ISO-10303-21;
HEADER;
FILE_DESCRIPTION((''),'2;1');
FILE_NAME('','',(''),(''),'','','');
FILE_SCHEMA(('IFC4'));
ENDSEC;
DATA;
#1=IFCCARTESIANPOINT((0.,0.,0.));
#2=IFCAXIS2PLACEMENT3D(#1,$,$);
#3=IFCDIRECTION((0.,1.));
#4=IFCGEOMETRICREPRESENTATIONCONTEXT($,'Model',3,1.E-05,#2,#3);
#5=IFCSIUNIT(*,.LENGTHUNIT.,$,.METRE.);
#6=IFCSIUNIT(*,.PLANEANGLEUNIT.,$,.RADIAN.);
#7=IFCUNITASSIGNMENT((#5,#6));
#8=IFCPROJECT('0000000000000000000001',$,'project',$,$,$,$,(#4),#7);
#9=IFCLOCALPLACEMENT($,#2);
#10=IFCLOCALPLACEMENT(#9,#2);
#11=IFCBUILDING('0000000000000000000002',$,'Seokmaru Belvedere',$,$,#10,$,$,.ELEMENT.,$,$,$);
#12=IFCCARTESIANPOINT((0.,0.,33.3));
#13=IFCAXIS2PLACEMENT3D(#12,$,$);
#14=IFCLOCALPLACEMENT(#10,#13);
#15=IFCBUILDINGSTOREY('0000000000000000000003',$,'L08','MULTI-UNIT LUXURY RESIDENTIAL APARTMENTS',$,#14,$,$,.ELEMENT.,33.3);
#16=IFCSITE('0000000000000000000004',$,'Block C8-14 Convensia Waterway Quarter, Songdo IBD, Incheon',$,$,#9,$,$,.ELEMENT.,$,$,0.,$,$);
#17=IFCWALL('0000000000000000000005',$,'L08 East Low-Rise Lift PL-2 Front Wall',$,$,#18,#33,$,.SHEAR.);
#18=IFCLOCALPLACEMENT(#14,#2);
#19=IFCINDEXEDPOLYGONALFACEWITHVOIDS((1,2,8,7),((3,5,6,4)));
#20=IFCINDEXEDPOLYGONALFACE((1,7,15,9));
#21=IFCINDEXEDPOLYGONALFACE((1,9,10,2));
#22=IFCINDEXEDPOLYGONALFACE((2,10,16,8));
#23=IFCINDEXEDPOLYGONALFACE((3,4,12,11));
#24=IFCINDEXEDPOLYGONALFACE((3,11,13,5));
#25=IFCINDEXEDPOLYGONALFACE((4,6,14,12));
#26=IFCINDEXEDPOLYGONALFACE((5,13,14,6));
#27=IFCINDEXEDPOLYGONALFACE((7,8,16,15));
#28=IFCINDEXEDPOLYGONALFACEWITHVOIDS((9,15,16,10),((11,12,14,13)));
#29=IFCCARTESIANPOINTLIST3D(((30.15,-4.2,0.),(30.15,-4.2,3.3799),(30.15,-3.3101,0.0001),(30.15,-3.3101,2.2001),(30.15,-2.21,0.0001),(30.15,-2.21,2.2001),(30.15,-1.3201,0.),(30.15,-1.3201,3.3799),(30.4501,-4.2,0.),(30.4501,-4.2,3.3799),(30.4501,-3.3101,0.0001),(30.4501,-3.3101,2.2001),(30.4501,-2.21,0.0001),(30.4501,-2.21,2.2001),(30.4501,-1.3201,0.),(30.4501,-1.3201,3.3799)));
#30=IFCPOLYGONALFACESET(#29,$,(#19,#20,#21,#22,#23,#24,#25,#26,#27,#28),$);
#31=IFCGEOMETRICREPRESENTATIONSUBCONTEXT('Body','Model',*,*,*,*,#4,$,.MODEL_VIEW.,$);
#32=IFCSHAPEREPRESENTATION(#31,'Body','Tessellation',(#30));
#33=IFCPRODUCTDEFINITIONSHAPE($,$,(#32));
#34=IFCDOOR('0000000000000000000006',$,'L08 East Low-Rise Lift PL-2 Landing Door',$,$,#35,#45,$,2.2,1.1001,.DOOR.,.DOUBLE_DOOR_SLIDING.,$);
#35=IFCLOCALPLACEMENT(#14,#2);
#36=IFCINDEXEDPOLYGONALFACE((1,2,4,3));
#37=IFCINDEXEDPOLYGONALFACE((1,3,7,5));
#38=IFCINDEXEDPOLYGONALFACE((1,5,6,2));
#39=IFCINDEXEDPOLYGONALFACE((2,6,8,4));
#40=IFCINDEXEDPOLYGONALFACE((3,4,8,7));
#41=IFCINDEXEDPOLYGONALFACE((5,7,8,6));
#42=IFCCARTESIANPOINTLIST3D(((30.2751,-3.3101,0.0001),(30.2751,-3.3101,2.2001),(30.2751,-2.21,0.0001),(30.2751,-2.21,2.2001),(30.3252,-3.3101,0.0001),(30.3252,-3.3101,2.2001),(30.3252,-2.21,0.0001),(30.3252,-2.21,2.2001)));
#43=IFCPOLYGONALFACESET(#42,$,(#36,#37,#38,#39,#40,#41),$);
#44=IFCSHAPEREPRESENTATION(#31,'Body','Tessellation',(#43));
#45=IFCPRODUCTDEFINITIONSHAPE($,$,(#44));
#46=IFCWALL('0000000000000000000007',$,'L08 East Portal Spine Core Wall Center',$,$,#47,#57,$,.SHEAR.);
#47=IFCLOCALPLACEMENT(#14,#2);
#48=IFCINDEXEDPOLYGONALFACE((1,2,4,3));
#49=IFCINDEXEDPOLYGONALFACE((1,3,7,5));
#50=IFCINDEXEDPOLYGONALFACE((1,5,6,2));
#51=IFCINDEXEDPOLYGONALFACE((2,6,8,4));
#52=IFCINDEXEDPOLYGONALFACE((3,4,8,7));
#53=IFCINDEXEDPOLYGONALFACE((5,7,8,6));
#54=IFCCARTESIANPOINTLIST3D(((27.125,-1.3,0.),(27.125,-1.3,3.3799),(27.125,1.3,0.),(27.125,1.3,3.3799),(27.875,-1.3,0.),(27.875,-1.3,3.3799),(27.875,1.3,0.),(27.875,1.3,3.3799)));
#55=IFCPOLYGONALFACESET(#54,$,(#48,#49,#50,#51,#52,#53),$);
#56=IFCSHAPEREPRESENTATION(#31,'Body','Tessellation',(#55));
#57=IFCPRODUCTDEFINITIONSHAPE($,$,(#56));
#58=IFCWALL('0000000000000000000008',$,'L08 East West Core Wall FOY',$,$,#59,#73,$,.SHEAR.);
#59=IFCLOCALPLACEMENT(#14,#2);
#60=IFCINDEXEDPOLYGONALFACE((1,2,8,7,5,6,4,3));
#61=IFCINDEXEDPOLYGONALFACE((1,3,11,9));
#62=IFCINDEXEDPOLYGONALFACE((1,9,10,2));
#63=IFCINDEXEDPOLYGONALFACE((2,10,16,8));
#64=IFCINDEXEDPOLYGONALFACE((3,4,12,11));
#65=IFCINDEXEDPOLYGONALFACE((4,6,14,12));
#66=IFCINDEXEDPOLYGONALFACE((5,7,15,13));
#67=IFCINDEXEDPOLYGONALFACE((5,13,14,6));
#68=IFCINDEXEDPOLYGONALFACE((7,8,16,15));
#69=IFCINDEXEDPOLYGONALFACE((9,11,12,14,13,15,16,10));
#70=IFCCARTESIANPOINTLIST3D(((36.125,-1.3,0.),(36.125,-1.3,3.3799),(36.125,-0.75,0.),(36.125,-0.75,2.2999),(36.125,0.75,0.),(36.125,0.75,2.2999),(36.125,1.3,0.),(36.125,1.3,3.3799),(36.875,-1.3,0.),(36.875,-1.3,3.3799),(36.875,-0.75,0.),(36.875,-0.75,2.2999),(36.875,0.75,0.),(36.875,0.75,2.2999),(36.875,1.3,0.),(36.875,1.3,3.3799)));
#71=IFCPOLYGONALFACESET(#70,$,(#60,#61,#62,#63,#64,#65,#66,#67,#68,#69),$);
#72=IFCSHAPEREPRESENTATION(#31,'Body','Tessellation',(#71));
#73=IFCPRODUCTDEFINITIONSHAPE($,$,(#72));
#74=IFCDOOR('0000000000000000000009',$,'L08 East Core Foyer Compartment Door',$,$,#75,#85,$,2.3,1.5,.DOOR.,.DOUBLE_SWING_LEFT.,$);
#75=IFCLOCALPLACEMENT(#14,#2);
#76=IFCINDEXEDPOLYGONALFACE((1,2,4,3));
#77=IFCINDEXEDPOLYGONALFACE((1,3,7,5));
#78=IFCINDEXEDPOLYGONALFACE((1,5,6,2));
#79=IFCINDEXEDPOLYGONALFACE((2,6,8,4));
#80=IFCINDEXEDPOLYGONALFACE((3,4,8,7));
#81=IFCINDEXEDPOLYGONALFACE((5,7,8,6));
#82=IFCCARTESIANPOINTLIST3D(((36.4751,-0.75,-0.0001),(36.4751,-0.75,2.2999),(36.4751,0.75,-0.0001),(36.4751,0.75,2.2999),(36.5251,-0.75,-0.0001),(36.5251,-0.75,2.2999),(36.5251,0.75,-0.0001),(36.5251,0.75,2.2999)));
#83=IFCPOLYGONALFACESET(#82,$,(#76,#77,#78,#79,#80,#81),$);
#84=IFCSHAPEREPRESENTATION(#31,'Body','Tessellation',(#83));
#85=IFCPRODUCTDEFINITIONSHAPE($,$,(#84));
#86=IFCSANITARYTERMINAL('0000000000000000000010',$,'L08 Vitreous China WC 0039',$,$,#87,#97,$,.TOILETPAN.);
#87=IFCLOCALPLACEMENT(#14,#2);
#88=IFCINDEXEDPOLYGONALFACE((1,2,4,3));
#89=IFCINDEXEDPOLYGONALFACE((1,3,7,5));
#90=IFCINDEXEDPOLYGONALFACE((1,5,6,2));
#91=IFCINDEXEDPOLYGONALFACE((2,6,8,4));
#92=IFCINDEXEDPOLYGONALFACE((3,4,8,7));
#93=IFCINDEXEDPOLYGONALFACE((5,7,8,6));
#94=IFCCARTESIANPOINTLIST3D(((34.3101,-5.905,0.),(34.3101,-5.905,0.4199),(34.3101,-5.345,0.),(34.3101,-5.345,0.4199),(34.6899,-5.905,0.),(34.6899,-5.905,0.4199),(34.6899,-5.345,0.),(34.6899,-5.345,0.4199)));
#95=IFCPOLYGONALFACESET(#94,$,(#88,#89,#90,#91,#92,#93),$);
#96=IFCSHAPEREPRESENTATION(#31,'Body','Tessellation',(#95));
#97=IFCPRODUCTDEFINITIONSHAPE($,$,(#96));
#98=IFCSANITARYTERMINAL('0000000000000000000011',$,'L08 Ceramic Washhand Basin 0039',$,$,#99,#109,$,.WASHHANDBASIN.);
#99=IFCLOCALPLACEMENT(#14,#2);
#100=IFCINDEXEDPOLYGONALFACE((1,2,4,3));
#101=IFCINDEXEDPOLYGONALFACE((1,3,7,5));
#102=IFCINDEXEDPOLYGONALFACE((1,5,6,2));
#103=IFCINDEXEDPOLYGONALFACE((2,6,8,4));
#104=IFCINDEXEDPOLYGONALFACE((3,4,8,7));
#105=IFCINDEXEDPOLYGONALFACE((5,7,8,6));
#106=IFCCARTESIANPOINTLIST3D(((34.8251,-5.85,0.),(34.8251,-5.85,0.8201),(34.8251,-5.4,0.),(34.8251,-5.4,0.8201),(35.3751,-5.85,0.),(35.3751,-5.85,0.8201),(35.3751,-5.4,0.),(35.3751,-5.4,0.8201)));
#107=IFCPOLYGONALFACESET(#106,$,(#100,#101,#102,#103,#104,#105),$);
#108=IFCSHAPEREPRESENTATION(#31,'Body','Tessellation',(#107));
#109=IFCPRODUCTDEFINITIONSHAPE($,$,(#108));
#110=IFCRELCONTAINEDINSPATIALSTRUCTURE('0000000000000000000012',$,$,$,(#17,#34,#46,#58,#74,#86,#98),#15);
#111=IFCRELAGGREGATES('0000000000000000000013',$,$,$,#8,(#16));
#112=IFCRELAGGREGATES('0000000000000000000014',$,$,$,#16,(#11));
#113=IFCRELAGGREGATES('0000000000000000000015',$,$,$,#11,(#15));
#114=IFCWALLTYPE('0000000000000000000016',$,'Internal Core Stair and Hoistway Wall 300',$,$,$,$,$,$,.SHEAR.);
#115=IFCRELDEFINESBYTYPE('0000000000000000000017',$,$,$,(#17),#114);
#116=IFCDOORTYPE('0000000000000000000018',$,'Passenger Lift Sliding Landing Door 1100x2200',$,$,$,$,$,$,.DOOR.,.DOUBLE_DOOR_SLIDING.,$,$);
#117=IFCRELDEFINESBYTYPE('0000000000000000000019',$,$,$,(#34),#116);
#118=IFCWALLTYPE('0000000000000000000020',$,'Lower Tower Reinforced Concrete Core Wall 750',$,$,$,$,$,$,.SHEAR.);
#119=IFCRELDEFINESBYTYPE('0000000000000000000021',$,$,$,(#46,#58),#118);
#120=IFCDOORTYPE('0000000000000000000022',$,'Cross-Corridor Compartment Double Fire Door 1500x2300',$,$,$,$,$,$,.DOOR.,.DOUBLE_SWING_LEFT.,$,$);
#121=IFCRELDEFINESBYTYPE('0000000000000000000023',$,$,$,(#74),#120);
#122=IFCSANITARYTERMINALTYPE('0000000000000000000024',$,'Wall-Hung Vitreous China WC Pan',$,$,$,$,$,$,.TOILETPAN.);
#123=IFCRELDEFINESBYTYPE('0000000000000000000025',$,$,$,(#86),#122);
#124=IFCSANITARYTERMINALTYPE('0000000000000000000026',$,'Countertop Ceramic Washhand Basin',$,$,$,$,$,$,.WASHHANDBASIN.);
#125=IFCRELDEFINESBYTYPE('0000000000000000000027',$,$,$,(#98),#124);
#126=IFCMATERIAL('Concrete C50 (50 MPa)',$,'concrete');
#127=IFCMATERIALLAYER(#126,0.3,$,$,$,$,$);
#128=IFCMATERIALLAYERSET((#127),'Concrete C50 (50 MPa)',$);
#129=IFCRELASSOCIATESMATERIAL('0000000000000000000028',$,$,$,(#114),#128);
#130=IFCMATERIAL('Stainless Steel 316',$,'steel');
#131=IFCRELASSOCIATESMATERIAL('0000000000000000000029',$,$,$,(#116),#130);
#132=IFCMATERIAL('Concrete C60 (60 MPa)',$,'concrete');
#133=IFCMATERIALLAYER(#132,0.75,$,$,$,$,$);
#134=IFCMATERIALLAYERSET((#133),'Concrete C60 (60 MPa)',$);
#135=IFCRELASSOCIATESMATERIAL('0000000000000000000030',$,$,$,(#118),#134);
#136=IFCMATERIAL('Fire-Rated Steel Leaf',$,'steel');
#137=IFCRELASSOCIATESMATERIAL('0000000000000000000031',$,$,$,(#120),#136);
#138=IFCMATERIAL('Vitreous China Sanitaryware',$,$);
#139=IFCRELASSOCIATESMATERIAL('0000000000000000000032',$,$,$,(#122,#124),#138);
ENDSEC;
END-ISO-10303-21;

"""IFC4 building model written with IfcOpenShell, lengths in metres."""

from ifc_helpers import new_model, si_unit, direction, frame, frame_2d, origin, origin_2d, place, context, subcontext, project, spatial, rectangle, extrude, source, transform, mapped, material, layer, layer_set, type_object, type_shapes, element, fill, save


model = new_model("IFC4")

# Units and contexts
model_context = context("Model", 3, precision=1e-05, world=origin(), true_north=direction((0.0, 1.0)))
body_context = subcontext(model_context, "Body", "Model", "MODEL_VIEW")
ifc_project = project(units=[si_unit("LENGTHUNIT", "METRE"), si_unit("PLANEANGLEUNIT", "RADIAN")], contexts=[model_context])

# Site, building, storey
site_placement = place(None, origin())
site = spatial("IfcSite", under=ifc_project, at=site_placement, Name="Block C8-14 Convensia Waterway Quarter, Songdo IBD, Incheon", CompositionType="ELEMENT", RefElevation=0.0)
building_placement = place(site_placement, origin())
building = spatial("IfcBuilding", under=site, at=building_placement, Name="Seokmaru Belvedere", CompositionType="ELEMENT")
storey_placement = place(building_placement, frame((0.0, 0.0, 33.3)))
storey = spatial("IfcBuildingStorey", under=building, at=storey_placement, Name="L08", Description="MULTI-UNIT LUXURY RESIDENTIAL APARTMENTS", CompositionType="ELEMENT", Elevation=33.3)

# Shared definitions
ifc_material_1 = material(Name="Fire-Rated Steel Leaf", Category="steel")

# Shared definitions
ifc_material_2 = material(Name="Concrete C50 (50 MPa)", Category="concrete")

# Wall, opening, door
ifc_layer_1 = layer(ifc_material_2, 0.3)
ifc_layer_set_1 = layer_set([ifc_layer_1], Name="Concrete C50 (50 MPa)")
wall_type_1 = type_object("IfcWallType", Name="Internal Core Stair and Hoistway Wall 300", PredefinedType="SHEAR", material=ifc_layer_set_1)
wall_1_placement = place(storey_placement, frame((30.3, -4.2, 0.0), z_axis=(0.0, 0.0, 1.0), x_axis=(0.0, 1.0, 0.0)))
wall_1 = element("IfcWall", 1, at=wall_1_placement, inside=storey, type_object=wall_type_1, Name="L08 East Low-Rise Lift PL-2 Front Wall", PredefinedType="SHEAR", context=body_context, shape_type="SweptSolid", body=[
    extrude(rectangle(XDim=2.8799, YDim=0.3, at=frame_2d((1.4399, 0.0))), origin(), (0.0, 0.0, 1.0), 3.3799),
])
opening_1_placement = place(wall_1_placement, frame((0.8899, 0.0, 0.0)))
opening_1 = element("IfcOpeningElement", 2, at=opening_1_placement, cuts=wall_1, PredefinedType="OPENING", context=body_context, shape_type="SweptSolid", body=[
    extrude(rectangle(XDim=1.1001, YDim=2.2, at=frame_2d((0.55, 1.1001))), frame((0.0, 0.1602, 0.0), z_axis=(0.0, -1.0, 0.0), x_axis=(1.0, 0.0, 0.0)), (0.0, 0.0, 1.0), 0.3201),
])
ifc_material_3 = material(Name="Stainless Steel 316", Category="steel")
door_type_1 = type_object("IfcDoorType", Name="Passenger Lift Sliding Landing Door 1100x2200", OperationType="DOUBLE_DOOR_SLIDING", PredefinedType="DOOR", material=ifc_material_3)
shared_shape_1 = source(origin(), body_context, "Body", "SweptSolid", [
    extrude(rectangle(XDim=1.1001, YDim=2.2, at=frame_2d((0.55, 1.1001))), frame((0.0, 0.0249, 0.0), z_axis=(0.0, -1.0, 0.0), x_axis=(1.0, 0.0, 0.0)), (0.0, 0.0, 1.0), 0.05),
])
type_shapes(door_type_1, [shared_shape_1])
door_1_placement = place(opening_1_placement, origin())
door_1 = element("IfcDoor", 3, at=door_1_placement, inside=storey, type_object=door_type_1, Name="L08 East Low-Rise Lift PL-2 Landing Door", OperationType="DOUBLE_DOOR_SLIDING", OverallHeight=2.2, OverallWidth=1.1001, PredefinedType="DOOR", context=body_context, shape_type="MappedRepresentation", body=[
    mapped(shared_shape_1, transform((0.0, 0.0, 0.0), scale=1.0)),
])
fill(opening_1, door_1)

# Wall
ifc_material_4 = material(Name="Concrete C60 (60 MPa)", Category="concrete")
ifc_layer_2 = layer(ifc_material_4, 0.75)
ifc_layer_set_2 = layer_set([ifc_layer_2], Name="Concrete C60 (60 MPa)")
wall_type_2 = type_object("IfcWallType", Name="Lower Tower Reinforced Concrete Core Wall 750", PredefinedType="SHEAR", material=ifc_layer_set_2)
wall_2_placement = place(storey_placement, frame((27.5, -1.3, 0.0), z_axis=(0.0, 0.0, 1.0), x_axis=(0.0, 1.0, 0.0)))
element("IfcWall", 4, at=wall_2_placement, inside=storey, type_object=wall_type_2, Name="L08 East Portal Spine Core Wall Center", PredefinedType="SHEAR", context=body_context, shape_type="SweptSolid", body=[
    extrude(rectangle(XDim=2.6001, YDim=0.75, at=frame_2d((1.3, 0.0))), origin(), (0.0, 0.0, 1.0), 3.3799),
])

# Wall, opening, door
wall_3_placement = place(storey_placement, frame((36.5, -1.3, 0.0), z_axis=(0.0, 0.0, 1.0), x_axis=(0.0, 1.0, 0.0)))
wall_3 = element("IfcWall", 5, at=wall_3_placement, inside=storey, type_object=wall_type_2, Name="L08 East West Core Wall FOY", PredefinedType="SHEAR", context=body_context, shape_type="SweptSolid", body=[
    extrude(rectangle(XDim=2.6001, YDim=0.75, at=frame_2d((1.3, 0.0))), origin(), (0.0, 0.0, 1.0), 3.3799),
])
opening_2_placement = place(wall_3_placement, frame((0.55, 0.0, 0.0)))
opening_2 = element("IfcOpeningElement", 6, at=opening_2_placement, cuts=wall_3, PredefinedType="OPENING", context=body_context, shape_type="SweptSolid", body=[
    extrude(rectangle(XDim=1.5, YDim=2.3, at=frame_2d((0.75, 1.1499))), frame((0.0, 0.385, 0.0), z_axis=(0.0, -1.0, 0.0), x_axis=(1.0, 0.0, 0.0)), (0.0, 0.0, 1.0), 0.77),
])
door_type_2 = type_object("IfcDoorType", Name="Cross-Corridor Compartment Double Fire Door 1500x2300", OperationType="DOUBLE_SWING_LEFT", PredefinedType="DOOR", material=ifc_material_1)
shared_shape_2 = source(origin(), body_context, "Body", "SweptSolid", [
    extrude(rectangle(XDim=1.5, YDim=2.3, at=frame_2d((0.75, 1.1499))), frame((0.0, 0.0249, 0.0), z_axis=(0.0, -1.0, 0.0), x_axis=(1.0, 0.0, 0.0)), (0.0, 0.0, 1.0), 0.05),
])
type_shapes(door_type_2, [shared_shape_2])
door_2_placement = place(opening_2_placement, origin())
door_2 = element("IfcDoor", 7, at=door_2_placement, inside=storey, type_object=door_type_2, Name="L08 East Core Foyer Compartment Door", OperationType="DOUBLE_SWING_LEFT", OverallHeight=2.3, OverallWidth=1.5, PredefinedType="DOOR", context=body_context, shape_type="MappedRepresentation", body=[
    mapped(shared_shape_2, transform((0.0, 0.0, 0.0), scale=1.0)),
])
fill(opening_2, door_2)

# Sanitary terminals
ifc_material_5 = material(Name="Vitreous China Sanitaryware")
sanitary_terminal_type_1 = type_object("IfcSanitaryTerminalType", Name="Wall-Hung Vitreous China WC Pan", PredefinedType="TOILETPAN", material=ifc_material_5)
shared_shape_3 = source(origin(), body_context, "Body", "SweptSolid", [
    extrude(rectangle(XDim=0.3799, YDim=0.5601, at=origin_2d()), origin(), (0.0, 0.0, 1.0), 0.4199),
])
type_shapes(sanitary_terminal_type_1, [shared_shape_3])
sanitary_terminal_1_placement = place(storey_placement, frame((34.5, -5.625, 0.0), z_axis=(0.0, 0.0, 1.0), x_axis=(1.0, 0.0, 0.0)))
element("IfcSanitaryTerminal", 8, at=sanitary_terminal_1_placement, inside=storey, type_object=sanitary_terminal_type_1, Name="L08 Vitreous China WC 0039", PredefinedType="TOILETPAN", context=body_context, shape_type="MappedRepresentation", body=[
    mapped(shared_shape_3, transform((0.0, 0.0, 0.0), scale=1.0)),
])
sanitary_terminal_type_2 = type_object("IfcSanitaryTerminalType", Name="Countertop Ceramic Washhand Basin", PredefinedType="WASHHANDBASIN", material=ifc_material_5)
shared_shape_4 = source(origin(), body_context, "Body", "SweptSolid", [
    extrude(rectangle(XDim=0.55, YDim=0.45, at=origin_2d()), origin(), (0.0, 0.0, 1.0), 0.8201),
])
type_shapes(sanitary_terminal_type_2, [shared_shape_4])
sanitary_terminal_2_placement = place(storey_placement, frame((35.1001, -5.625, 0.0), z_axis=(0.0, 0.0, 1.0), x_axis=(1.0, 0.0, 0.0)))
element("IfcSanitaryTerminal", 9, at=sanitary_terminal_2_placement, inside=storey, type_object=sanitary_terminal_type_2, Name="L08 Ceramic Washhand Basin 0039", PredefinedType="WASHHANDBASIN", context=body_context, shape_type="MappedRepresentation", body=[
    mapped(shared_shape_4, transform((0.0, 0.0, 0.0), scale=1.0)),
])

save(model, "model.ifc")
